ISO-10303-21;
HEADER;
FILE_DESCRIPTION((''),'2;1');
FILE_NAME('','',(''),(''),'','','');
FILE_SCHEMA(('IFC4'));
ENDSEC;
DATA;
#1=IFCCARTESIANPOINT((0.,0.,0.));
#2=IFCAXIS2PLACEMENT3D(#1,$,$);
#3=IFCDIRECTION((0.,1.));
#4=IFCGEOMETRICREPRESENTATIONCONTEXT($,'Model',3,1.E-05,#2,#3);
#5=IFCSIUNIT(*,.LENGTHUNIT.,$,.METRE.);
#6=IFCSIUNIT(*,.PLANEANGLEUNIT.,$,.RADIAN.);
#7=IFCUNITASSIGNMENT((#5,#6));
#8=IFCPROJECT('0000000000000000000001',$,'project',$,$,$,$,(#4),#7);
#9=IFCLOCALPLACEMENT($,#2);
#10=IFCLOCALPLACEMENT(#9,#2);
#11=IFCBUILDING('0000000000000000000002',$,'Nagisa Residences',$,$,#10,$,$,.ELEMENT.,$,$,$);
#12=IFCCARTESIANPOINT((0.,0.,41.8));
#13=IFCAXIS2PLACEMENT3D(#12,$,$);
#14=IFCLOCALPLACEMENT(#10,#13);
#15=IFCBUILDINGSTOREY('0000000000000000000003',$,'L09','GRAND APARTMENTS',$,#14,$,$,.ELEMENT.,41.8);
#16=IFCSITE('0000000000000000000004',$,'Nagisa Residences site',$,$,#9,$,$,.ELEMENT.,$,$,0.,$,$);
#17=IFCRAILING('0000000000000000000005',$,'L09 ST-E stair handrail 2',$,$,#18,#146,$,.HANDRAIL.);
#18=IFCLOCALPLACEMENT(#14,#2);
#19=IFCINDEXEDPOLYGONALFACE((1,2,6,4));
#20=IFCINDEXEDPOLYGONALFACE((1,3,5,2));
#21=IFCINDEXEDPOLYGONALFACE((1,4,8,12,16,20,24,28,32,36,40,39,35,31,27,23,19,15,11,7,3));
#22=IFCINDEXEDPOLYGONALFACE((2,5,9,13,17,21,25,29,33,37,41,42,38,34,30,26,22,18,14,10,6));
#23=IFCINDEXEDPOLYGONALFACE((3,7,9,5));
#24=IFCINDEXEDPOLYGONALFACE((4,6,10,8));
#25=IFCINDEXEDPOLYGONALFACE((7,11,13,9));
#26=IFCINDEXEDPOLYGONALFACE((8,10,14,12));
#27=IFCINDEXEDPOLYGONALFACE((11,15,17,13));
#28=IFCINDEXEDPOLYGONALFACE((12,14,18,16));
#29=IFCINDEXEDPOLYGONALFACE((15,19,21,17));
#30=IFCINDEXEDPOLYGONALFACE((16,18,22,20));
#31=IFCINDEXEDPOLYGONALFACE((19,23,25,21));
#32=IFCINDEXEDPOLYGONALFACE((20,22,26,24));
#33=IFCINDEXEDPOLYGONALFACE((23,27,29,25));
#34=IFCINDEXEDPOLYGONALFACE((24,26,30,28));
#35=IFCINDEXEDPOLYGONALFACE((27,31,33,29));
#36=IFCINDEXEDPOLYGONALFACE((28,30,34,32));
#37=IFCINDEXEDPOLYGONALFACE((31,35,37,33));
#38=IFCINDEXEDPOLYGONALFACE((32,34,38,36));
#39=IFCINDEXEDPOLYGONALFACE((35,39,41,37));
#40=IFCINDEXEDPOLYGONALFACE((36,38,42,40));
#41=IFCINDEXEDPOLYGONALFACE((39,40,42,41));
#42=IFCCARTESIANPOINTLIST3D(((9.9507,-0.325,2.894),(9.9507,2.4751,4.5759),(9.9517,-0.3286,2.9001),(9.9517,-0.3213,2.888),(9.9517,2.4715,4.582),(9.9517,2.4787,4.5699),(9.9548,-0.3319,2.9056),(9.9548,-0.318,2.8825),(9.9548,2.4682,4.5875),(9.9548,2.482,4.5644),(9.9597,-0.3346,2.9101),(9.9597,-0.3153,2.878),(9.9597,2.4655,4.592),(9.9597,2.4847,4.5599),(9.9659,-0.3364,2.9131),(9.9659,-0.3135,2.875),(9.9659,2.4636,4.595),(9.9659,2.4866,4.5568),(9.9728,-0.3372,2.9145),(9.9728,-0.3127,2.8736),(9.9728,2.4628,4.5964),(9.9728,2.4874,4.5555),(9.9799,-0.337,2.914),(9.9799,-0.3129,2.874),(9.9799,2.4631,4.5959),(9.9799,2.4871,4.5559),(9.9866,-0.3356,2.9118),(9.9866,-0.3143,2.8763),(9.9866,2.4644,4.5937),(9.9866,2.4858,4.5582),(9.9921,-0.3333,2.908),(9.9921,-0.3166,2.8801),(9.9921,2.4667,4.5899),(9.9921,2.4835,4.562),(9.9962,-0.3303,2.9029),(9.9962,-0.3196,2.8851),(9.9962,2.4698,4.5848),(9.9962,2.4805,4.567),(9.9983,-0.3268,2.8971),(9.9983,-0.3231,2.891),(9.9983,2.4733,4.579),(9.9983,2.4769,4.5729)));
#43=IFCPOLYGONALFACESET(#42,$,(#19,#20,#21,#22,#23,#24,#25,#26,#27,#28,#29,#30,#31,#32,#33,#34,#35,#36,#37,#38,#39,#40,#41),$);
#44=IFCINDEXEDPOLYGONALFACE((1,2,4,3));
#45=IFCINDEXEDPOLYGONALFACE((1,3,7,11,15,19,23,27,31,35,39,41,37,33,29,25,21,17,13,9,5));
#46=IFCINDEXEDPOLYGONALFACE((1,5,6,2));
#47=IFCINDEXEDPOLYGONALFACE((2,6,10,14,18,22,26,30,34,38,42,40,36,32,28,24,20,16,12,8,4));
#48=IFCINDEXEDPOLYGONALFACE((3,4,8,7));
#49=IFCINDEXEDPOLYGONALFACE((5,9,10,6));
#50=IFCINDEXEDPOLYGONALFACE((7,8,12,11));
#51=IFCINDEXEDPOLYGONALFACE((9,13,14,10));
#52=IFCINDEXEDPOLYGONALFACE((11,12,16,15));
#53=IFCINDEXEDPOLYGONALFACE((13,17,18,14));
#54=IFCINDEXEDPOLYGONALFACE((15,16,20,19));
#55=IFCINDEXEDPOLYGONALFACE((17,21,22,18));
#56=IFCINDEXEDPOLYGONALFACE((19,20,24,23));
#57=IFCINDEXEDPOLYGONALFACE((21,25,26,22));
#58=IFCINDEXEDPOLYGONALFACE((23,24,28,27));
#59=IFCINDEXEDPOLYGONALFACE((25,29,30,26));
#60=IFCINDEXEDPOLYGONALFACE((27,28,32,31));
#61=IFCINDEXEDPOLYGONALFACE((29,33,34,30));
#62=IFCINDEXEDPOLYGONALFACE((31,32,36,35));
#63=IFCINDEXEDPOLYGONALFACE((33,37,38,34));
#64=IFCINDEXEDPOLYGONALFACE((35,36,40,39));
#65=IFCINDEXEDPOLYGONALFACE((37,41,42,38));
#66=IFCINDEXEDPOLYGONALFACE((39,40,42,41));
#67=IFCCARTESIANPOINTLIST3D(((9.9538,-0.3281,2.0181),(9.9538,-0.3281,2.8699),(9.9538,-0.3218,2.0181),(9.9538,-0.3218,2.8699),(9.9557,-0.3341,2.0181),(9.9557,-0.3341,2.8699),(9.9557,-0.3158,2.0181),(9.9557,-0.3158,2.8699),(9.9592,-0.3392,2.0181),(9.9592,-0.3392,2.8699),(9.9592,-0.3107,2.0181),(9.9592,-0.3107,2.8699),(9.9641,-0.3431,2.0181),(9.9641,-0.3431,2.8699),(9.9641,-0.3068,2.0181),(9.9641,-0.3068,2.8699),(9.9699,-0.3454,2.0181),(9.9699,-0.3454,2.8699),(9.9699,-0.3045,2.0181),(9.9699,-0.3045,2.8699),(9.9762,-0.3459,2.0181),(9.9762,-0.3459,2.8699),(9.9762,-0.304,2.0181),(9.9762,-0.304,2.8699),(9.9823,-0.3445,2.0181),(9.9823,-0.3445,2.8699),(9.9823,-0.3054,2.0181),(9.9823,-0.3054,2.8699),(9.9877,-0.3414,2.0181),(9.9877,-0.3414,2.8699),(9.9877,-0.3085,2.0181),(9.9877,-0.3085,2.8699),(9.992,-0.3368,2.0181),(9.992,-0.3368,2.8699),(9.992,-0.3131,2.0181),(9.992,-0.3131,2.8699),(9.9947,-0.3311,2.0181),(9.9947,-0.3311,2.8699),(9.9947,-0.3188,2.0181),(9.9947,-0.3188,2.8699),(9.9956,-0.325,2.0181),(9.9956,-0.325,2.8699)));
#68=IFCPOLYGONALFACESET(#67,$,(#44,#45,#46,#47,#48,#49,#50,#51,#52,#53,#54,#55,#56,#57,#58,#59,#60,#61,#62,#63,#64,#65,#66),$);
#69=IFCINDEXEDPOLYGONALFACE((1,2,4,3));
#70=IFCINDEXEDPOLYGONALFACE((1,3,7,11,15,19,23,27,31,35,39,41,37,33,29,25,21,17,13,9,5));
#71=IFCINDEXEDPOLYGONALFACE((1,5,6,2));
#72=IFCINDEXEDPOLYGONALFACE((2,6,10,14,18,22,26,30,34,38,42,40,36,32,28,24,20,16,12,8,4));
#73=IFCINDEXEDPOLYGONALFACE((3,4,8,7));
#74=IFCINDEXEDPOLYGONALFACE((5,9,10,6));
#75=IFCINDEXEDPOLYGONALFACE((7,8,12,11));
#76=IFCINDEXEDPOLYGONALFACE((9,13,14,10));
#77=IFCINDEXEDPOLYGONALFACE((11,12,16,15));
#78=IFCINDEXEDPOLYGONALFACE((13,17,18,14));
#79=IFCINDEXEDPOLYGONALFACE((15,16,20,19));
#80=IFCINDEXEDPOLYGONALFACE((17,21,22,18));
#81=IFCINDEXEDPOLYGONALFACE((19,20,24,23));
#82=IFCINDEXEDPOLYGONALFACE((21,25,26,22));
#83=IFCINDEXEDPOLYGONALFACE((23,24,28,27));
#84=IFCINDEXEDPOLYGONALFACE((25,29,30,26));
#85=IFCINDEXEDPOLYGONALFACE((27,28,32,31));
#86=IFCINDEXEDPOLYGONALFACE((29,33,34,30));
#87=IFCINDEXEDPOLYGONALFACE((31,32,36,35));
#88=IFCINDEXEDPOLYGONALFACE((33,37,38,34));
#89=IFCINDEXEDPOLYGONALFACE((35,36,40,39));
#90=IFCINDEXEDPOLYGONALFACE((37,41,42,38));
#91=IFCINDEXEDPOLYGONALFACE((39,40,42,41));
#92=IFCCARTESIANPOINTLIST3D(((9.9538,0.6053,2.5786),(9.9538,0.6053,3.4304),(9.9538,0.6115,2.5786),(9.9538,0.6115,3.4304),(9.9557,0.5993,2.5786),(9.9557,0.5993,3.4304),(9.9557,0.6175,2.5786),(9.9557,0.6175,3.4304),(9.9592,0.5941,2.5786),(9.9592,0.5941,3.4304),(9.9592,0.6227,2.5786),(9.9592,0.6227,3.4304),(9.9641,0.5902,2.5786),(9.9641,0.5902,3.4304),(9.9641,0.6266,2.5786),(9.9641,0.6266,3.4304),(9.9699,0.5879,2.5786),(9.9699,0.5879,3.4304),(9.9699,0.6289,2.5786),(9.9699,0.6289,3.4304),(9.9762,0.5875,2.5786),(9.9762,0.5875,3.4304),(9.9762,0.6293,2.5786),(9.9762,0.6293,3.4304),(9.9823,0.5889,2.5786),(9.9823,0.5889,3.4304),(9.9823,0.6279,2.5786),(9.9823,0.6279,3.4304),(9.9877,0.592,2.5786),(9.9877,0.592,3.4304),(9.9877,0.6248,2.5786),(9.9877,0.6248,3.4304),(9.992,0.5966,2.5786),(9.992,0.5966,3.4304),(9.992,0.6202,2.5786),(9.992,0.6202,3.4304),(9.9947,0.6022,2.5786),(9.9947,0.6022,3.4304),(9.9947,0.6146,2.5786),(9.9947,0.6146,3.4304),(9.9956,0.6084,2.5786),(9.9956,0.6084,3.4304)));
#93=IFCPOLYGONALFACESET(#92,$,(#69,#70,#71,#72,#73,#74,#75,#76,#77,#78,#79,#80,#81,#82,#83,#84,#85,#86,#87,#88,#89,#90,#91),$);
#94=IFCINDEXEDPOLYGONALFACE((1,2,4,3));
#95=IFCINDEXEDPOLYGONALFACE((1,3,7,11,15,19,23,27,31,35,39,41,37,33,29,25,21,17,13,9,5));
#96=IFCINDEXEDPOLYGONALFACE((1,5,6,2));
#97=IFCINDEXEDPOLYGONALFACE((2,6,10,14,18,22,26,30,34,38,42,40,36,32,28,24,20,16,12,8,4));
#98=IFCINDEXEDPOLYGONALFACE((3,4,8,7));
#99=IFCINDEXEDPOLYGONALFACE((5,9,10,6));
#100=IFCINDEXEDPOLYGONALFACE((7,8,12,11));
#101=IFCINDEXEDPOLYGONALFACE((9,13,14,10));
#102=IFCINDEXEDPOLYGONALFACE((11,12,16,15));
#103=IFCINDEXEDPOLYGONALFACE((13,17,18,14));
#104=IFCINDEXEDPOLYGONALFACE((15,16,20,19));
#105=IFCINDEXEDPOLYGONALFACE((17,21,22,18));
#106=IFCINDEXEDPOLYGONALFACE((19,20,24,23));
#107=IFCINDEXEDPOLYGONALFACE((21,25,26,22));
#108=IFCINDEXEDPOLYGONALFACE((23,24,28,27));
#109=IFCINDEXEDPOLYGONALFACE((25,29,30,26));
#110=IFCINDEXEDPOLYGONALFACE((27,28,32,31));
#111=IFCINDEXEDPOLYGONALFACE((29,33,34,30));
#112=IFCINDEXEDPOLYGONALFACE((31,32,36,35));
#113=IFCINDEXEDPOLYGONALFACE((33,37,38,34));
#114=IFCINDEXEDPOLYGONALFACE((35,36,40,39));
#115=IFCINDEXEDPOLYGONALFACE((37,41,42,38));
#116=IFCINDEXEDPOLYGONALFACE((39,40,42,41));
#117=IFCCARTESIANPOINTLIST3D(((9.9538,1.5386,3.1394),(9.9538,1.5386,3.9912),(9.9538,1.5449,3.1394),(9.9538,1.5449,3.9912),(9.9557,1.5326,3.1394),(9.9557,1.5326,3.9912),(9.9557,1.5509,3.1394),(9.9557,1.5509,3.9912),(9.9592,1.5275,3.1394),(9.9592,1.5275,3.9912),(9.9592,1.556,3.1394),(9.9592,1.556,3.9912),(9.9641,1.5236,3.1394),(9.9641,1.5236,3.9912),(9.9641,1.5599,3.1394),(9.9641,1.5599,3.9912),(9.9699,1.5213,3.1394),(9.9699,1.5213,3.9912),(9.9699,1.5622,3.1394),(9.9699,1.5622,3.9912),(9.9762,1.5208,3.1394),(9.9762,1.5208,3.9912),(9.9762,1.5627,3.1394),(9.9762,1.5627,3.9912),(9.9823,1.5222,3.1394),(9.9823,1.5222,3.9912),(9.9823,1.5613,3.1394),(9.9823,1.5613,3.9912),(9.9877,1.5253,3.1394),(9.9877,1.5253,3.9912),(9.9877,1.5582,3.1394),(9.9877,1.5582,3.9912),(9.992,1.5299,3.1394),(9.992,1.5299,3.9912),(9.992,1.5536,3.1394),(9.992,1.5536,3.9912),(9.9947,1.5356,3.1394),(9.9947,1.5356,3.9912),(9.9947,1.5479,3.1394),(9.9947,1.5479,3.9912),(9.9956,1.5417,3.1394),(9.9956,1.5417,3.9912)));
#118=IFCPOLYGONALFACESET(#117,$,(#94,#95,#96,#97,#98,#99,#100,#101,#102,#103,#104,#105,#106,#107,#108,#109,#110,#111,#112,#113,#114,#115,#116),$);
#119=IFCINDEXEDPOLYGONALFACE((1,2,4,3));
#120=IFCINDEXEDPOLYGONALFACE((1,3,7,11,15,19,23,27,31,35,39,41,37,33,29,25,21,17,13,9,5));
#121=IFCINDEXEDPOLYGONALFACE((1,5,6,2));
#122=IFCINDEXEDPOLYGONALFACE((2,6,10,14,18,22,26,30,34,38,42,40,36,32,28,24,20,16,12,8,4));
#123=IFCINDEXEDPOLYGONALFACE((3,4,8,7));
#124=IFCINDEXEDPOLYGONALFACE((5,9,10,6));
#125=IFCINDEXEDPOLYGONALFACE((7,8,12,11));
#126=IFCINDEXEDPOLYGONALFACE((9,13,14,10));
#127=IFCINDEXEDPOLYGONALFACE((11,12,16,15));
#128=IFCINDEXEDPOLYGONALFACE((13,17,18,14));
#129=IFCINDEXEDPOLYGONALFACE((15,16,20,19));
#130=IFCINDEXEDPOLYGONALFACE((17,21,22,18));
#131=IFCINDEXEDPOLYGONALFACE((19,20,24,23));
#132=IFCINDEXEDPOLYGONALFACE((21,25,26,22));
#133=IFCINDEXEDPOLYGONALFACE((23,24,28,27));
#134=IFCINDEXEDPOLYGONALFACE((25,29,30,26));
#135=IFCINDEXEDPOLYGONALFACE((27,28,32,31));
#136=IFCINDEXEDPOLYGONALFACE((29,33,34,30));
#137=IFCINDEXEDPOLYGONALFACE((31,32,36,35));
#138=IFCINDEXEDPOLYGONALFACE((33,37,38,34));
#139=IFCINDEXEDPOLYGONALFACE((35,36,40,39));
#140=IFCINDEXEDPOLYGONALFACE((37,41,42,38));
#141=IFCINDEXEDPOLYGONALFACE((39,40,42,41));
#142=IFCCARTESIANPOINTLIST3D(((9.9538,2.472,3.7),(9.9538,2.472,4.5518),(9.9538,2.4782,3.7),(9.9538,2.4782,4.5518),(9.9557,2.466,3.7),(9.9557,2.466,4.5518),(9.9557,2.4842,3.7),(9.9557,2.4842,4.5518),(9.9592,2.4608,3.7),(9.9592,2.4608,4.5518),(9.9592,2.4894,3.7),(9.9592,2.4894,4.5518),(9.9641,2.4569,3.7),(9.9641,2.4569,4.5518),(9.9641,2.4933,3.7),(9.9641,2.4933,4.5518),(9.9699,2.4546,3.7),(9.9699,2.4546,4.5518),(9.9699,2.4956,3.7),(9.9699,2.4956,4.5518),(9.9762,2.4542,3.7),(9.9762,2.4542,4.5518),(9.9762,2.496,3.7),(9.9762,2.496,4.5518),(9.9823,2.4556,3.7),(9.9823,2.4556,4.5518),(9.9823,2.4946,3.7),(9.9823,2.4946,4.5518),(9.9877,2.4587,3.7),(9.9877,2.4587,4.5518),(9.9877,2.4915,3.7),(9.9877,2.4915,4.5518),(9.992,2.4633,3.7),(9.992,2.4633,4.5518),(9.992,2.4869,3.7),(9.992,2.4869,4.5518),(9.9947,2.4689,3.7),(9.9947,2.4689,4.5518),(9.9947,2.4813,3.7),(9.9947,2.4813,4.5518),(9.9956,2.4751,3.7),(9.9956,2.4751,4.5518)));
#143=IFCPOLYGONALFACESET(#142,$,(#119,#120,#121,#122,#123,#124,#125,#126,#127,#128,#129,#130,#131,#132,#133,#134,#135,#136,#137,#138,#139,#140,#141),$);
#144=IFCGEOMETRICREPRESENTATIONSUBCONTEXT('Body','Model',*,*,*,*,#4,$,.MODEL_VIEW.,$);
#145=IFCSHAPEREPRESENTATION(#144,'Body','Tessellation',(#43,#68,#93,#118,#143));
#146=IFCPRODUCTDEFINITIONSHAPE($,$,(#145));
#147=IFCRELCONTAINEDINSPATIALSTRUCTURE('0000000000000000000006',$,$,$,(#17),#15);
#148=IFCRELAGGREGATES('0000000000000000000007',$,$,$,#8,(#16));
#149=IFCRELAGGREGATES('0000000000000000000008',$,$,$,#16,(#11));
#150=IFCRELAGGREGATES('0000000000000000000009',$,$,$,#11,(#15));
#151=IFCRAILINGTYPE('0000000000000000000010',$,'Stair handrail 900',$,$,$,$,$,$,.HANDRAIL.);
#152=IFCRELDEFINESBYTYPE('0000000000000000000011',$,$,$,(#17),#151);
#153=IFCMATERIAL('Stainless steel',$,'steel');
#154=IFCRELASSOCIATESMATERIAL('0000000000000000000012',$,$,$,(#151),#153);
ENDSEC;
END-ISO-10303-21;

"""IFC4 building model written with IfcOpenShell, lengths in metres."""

from ifc_helpers import new_model, si_unit, direction, frame, origin, origin_2d, place, context, subcontext, project, spatial, circle, extrude, material, type_object, element, save


model = new_model("IFC4")

# Units and contexts
model_context = context("Model", 3, precision=1e-05, world=origin(), true_north=direction((0.0, 1.0)))
body_context = subcontext(model_context, "Body", "Model", "MODEL_VIEW")
ifc_project = project(units=[si_unit("LENGTHUNIT", "METRE"), si_unit("PLANEANGLEUNIT", "RADIAN")], contexts=[model_context])

# Site, building, storey
site_placement = place(None, origin())
site = spatial("IfcSite", under=ifc_project, at=site_placement, Name="Nagisa Residences site", CompositionType="ELEMENT", RefElevation=0.0)
building_placement = place(site_placement, origin())
building = spatial("IfcBuilding", under=site, at=building_placement, Name="Nagisa Residences", CompositionType="ELEMENT")
storey_placement = place(building_placement, frame((0.0, 0.0, 41.8)))
storey = spatial("IfcBuildingStorey", under=building, at=storey_placement, Name="L09", Description="GRAND APARTMENTS", CompositionType="ELEMENT", Elevation=41.8)

# Railing
ifc_material_1 = material(Name="Stainless steel", Category="steel")
railing_type = type_object("IfcRailingType", Name="Stair handrail 900", PredefinedType="HANDRAIL", material=ifc_material_1)
railing_1_placement = place(storey_placement, frame((9.9746, -0.325, 2.0181)))
element("IfcRailing", 1, at=railing_1_placement, inside=storey, type_object=railing_type, Name="L09 ST-E stair handrail 2", PredefinedType="HANDRAIL", context=body_context, shape_type="SweptSolid", body=[
    extrude(circle(Radius=0.0239, at=origin_2d()), frame((0.0, 0.0, 0.876), z_axis=(0.0, 0.857242, 0.514913), x_axis=(-1.0, 0.0, 0.0)), (0.0, 0.0, 1.0), 3.2664),
    extrude(circle(Radius=0.021, at=origin_2d()), origin(), (0.0, 0.0, 1.0), 0.8518),
    extrude(circle(Radius=0.021, at=origin_2d()), frame((0.0, 0.9333, 0.5605)), (0.0, 0.0, 1.0), 0.8518),
    extrude(circle(Radius=0.021, at=origin_2d()), frame((0.0, 1.8667, 1.1213)), (0.0, 0.0, 1.0), 0.8518),
    extrude(circle(Radius=0.021, at=origin_2d()), frame((0.0, 2.8, 1.6819)), (0.0, 0.0, 1.0), 0.8518),
])

save(model, "model.ifc")
